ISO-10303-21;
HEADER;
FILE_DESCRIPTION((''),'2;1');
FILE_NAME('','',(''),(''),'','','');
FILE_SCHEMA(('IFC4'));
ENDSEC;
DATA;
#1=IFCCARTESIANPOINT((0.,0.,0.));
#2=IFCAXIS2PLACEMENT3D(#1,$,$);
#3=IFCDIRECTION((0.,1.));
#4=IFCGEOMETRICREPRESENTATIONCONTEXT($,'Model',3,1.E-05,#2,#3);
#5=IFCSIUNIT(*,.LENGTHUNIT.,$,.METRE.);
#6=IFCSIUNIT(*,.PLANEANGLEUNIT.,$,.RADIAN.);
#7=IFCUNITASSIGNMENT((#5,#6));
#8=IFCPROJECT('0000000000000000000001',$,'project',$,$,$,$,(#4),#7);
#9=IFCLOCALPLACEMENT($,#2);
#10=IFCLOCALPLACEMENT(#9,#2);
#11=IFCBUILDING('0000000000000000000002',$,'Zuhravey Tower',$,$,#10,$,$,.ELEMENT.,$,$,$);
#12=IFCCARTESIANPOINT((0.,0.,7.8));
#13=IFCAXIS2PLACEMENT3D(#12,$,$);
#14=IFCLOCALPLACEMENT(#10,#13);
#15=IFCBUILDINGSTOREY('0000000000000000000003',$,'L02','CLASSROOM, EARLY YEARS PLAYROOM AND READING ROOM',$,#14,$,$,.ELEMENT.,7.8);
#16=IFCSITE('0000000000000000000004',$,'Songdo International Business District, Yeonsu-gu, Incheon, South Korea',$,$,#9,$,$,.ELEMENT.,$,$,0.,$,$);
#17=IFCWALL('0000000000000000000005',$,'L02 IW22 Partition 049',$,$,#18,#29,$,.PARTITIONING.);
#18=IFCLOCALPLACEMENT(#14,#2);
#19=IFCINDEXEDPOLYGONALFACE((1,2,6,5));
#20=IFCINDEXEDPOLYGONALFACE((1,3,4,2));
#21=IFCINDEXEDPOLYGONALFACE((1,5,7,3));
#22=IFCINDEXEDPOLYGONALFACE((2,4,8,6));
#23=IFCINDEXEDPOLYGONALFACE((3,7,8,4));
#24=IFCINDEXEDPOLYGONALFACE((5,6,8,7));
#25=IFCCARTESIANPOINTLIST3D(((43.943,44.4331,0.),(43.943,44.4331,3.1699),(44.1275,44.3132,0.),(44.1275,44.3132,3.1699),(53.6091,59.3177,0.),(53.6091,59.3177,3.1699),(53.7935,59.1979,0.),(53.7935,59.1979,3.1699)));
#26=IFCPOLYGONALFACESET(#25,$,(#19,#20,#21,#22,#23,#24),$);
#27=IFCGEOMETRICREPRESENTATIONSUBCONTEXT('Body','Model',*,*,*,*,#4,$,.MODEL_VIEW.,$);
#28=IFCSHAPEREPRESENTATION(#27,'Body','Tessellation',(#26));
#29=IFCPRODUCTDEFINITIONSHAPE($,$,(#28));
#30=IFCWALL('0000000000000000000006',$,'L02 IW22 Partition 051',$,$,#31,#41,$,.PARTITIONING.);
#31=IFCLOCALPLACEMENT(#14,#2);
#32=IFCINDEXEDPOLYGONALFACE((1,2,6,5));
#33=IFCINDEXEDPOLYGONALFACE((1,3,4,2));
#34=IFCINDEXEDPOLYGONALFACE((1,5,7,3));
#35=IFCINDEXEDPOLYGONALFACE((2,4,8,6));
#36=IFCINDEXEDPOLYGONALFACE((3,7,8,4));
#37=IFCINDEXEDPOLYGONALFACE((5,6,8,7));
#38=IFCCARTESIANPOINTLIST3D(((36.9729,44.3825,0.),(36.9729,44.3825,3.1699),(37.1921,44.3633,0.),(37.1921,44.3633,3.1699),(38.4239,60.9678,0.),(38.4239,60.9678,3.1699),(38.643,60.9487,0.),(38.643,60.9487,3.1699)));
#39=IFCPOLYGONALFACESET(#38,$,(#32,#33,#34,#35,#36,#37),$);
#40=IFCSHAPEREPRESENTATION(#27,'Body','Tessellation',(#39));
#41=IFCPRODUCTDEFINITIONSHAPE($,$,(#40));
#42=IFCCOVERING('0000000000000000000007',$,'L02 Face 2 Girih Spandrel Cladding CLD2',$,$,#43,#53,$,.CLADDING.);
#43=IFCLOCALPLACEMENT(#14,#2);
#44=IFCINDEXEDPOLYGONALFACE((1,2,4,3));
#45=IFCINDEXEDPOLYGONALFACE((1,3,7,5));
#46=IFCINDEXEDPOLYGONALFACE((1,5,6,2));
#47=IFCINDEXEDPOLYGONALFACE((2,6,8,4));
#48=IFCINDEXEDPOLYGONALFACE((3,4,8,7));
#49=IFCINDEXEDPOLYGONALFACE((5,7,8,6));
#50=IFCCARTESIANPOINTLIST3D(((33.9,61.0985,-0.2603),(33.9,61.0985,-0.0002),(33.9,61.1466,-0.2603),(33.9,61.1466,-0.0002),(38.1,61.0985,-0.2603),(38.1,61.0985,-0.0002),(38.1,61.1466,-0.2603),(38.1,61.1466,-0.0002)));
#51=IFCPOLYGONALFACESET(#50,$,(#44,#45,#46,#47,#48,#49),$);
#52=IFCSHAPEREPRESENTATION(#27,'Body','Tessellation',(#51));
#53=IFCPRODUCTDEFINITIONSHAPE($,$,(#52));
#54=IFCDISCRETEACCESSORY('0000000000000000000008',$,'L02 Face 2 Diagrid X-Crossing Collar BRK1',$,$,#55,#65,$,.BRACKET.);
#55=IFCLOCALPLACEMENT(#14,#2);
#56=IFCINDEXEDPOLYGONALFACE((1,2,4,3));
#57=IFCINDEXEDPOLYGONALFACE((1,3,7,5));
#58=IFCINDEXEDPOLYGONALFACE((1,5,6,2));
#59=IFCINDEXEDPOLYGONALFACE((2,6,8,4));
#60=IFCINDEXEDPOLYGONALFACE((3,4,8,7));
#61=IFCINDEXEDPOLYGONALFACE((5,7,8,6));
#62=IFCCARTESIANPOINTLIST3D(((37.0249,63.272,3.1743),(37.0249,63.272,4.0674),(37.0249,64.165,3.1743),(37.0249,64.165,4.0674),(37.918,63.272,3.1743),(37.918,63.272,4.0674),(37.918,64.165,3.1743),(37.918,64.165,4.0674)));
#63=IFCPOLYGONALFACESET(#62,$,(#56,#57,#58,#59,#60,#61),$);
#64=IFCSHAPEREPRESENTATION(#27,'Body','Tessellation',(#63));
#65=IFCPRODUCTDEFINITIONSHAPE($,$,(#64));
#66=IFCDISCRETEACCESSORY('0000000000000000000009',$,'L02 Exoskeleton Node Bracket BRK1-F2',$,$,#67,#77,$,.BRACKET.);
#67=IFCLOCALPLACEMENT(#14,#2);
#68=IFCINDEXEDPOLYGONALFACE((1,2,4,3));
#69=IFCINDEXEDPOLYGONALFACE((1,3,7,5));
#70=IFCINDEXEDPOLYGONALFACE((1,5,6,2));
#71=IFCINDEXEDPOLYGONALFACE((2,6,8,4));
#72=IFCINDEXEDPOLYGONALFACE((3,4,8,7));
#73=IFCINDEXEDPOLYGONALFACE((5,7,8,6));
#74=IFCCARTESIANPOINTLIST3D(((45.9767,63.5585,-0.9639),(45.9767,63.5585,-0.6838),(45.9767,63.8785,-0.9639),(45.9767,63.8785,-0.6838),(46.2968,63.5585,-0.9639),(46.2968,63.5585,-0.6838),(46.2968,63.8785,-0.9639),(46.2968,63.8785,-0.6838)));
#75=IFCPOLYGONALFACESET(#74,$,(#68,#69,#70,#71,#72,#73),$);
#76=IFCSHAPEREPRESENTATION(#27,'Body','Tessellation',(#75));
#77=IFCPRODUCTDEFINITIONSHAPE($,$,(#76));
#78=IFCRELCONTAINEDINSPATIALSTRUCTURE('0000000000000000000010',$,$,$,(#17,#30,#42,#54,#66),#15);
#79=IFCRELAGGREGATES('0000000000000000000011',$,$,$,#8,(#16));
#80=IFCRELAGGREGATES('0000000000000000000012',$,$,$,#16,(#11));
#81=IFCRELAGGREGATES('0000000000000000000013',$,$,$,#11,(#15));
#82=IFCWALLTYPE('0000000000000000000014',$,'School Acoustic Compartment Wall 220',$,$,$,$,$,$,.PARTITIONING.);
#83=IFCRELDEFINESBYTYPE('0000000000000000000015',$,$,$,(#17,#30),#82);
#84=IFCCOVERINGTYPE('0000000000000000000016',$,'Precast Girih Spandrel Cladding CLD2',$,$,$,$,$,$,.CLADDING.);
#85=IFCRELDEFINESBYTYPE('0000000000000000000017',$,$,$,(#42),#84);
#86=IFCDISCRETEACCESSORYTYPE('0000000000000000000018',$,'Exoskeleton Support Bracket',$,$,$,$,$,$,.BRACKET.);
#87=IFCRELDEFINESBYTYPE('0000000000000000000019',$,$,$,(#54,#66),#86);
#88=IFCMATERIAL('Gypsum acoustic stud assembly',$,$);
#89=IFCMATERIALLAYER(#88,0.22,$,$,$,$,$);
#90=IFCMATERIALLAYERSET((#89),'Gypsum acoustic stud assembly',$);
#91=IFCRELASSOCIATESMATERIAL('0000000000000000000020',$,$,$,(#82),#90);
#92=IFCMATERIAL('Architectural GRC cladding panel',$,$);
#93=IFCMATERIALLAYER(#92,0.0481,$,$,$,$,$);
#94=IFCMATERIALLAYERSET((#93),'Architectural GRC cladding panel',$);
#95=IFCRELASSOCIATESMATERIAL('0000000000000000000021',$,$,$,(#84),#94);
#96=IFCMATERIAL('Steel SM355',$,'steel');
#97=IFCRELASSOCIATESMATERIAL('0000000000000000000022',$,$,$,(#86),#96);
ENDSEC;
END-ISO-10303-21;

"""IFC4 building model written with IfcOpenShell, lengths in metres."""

from ifc_helpers import new_model, si_unit, direction, frame, frame_2d, origin, origin_2d, place, context, subcontext, project, spatial, rectangle, extrude, material, layer, layer_set, type_object, element, save


model = new_model("IFC4")

# Units and contexts
model_context = context("Model", 3, precision=1e-05, world=origin(), true_north=direction((0.0, 1.0)))
body_context = subcontext(model_context, "Body", "Model", "MODEL_VIEW")
ifc_project = project(units=[si_unit("LENGTHUNIT", "METRE"), si_unit("PLANEANGLEUNIT", "RADIAN")], contexts=[model_context])

# Site, building, storey
site_placement = place(None, origin())
site = spatial("IfcSite", under=ifc_project, at=site_placement, Name="Songdo International Business District, Yeonsu-gu, Incheon, South Korea", CompositionType="ELEMENT", RefElevation=0.0)
building_placement = place(site_placement, origin())
building = spatial("IfcBuilding", under=site, at=building_placement, Name="Zuhravey Tower", CompositionType="ELEMENT")
storey_placement = place(building_placement, frame((0.0, 0.0, 7.8)))
storey = spatial("IfcBuildingStorey", under=building, at=storey_placement, Name="L02", Description="CLASSROOM, EARLY YEARS PLAYROOM AND READING ROOM", CompositionType="ELEMENT", Elevation=7.8)

# Shared definitions
ifc_material_1 = material(Name="Steel SM355", Category="steel")

# Walls
ifc_material_2 = material(Name="Gypsum acoustic stud assembly")
ifc_layer_1 = layer(ifc_material_2, 0.22)
ifc_layer_set_1 = layer_set([ifc_layer_1], Name="Gypsum acoustic stud assembly")
wall_type = type_object("IfcWallType", Name="School Acoustic Compartment Wall 220", PredefinedType="PARTITIONING", material=ifc_layer_set_1)
wall_1_placement = place(storey_placement, frame((44.0352, 44.373, 0.0), z_axis=(0.0, 0.0, 1.0), x_axis=(0.544635, 0.838673, 0.0)))
element("IfcWall", 1, at=wall_1_placement, inside=storey, type_object=wall_type, Name="L02 IW22 Partition 049", PredefinedType="PARTITIONING", context=body_context, shape_type="SweptSolid", body=[
    extrude(rectangle(XDim=17.7478, YDim=0.22, at=frame_2d((8.874, 0.0))), origin(), (0.0, 0.0, 1.0), 3.1699),
])
wall_2_placement = place(storey_placement, frame((37.0825, 44.373, 0.0), z_axis=(0.0, 0.0, 1.0), x_axis=(0.087149, 0.996195, 0.0)))
element("IfcWall", 2, at=wall_2_placement, inside=storey, type_object=wall_type, Name="L02 IW22 Partition 051", PredefinedType="PARTITIONING", context=body_context, shape_type="SweptSolid", body=[
    extrude(rectangle(XDim=16.6487, YDim=0.22, at=frame_2d((8.3242, 0.0))), origin(), (0.0, 0.0, 1.0), 3.1699),
])

# Covering
ifc_material_3 = material(Name="Architectural GRC cladding panel")
ifc_layer_2 = layer(ifc_material_3, 0.0481)
ifc_layer_set_2 = layer_set([ifc_layer_2], Name="Architectural GRC cladding panel")
covering_type = type_object("IfcCoveringType", Name="Precast Girih Spandrel Cladding CLD2", PredefinedType="CLADDING", material=ifc_layer_set_2)
covering_placement = place(storey_placement, frame((36.0, 61.1226, -0.2603), z_axis=(0.0, 0.0, 1.0), x_axis=(1.0, 0.0, 0.0)))
element("IfcCovering", 3, at=covering_placement, inside=storey, type_object=covering_type, Name="L02 Face 2 Girih Spandrel Cladding CLD2", PredefinedType="CLADDING", context=body_context, shape_type="SweptSolid", body=[
    extrude(rectangle(XDim=4.2, YDim=0.0481, at=origin_2d()), origin(), (0.0, 0.0, 1.0), 0.26),
])

# Discrete accessories
discrete_accessory_type = type_object("IfcDiscreteAccessoryType", Name="Exoskeleton Support Bracket", PredefinedType="BRACKET", material=ifc_material_1)
discrete_accessory_1_placement = place(storey_placement, frame((37.4714, 63.7185, 3.1743), z_axis=(0.0, 0.0, 1.0), x_axis=(-1.0, 0.0, 0.0)))
element("IfcDiscreteAccessory", 4, at=discrete_accessory_1_placement, inside=storey, type_object=discrete_accessory_type, Name="L02 Face 2 Diagrid X-Crossing Collar BRK1", PredefinedType="BRACKET", context=body_context, shape_type="SweptSolid", body=[
    extrude(rectangle(XDim=0.8931, YDim=0.8931, at=origin_2d()), origin(), (0.0, 0.0, 1.0), 0.8931),
])
discrete_accessory_2_placement = place(storey_placement, frame((46.1367, 63.7185, -0.9639), z_axis=(0.0, 0.0, 1.0), x_axis=(-1.0, 0.0, 0.0)))
element("IfcDiscreteAccessory", 5, at=discrete_accessory_2_placement, inside=storey, type_object=discrete_accessory_type, Name="L02 Exoskeleton Node Bracket BRK1-F2", PredefinedType="BRACKET", context=body_context, shape_type="SweptSolid", body=[
    extrude(rectangle(XDim=0.3201, YDim=0.3201, at=origin_2d()), origin(), (0.0, 0.0, 1.0), 0.28),
])

save(model, "model.ifc")
